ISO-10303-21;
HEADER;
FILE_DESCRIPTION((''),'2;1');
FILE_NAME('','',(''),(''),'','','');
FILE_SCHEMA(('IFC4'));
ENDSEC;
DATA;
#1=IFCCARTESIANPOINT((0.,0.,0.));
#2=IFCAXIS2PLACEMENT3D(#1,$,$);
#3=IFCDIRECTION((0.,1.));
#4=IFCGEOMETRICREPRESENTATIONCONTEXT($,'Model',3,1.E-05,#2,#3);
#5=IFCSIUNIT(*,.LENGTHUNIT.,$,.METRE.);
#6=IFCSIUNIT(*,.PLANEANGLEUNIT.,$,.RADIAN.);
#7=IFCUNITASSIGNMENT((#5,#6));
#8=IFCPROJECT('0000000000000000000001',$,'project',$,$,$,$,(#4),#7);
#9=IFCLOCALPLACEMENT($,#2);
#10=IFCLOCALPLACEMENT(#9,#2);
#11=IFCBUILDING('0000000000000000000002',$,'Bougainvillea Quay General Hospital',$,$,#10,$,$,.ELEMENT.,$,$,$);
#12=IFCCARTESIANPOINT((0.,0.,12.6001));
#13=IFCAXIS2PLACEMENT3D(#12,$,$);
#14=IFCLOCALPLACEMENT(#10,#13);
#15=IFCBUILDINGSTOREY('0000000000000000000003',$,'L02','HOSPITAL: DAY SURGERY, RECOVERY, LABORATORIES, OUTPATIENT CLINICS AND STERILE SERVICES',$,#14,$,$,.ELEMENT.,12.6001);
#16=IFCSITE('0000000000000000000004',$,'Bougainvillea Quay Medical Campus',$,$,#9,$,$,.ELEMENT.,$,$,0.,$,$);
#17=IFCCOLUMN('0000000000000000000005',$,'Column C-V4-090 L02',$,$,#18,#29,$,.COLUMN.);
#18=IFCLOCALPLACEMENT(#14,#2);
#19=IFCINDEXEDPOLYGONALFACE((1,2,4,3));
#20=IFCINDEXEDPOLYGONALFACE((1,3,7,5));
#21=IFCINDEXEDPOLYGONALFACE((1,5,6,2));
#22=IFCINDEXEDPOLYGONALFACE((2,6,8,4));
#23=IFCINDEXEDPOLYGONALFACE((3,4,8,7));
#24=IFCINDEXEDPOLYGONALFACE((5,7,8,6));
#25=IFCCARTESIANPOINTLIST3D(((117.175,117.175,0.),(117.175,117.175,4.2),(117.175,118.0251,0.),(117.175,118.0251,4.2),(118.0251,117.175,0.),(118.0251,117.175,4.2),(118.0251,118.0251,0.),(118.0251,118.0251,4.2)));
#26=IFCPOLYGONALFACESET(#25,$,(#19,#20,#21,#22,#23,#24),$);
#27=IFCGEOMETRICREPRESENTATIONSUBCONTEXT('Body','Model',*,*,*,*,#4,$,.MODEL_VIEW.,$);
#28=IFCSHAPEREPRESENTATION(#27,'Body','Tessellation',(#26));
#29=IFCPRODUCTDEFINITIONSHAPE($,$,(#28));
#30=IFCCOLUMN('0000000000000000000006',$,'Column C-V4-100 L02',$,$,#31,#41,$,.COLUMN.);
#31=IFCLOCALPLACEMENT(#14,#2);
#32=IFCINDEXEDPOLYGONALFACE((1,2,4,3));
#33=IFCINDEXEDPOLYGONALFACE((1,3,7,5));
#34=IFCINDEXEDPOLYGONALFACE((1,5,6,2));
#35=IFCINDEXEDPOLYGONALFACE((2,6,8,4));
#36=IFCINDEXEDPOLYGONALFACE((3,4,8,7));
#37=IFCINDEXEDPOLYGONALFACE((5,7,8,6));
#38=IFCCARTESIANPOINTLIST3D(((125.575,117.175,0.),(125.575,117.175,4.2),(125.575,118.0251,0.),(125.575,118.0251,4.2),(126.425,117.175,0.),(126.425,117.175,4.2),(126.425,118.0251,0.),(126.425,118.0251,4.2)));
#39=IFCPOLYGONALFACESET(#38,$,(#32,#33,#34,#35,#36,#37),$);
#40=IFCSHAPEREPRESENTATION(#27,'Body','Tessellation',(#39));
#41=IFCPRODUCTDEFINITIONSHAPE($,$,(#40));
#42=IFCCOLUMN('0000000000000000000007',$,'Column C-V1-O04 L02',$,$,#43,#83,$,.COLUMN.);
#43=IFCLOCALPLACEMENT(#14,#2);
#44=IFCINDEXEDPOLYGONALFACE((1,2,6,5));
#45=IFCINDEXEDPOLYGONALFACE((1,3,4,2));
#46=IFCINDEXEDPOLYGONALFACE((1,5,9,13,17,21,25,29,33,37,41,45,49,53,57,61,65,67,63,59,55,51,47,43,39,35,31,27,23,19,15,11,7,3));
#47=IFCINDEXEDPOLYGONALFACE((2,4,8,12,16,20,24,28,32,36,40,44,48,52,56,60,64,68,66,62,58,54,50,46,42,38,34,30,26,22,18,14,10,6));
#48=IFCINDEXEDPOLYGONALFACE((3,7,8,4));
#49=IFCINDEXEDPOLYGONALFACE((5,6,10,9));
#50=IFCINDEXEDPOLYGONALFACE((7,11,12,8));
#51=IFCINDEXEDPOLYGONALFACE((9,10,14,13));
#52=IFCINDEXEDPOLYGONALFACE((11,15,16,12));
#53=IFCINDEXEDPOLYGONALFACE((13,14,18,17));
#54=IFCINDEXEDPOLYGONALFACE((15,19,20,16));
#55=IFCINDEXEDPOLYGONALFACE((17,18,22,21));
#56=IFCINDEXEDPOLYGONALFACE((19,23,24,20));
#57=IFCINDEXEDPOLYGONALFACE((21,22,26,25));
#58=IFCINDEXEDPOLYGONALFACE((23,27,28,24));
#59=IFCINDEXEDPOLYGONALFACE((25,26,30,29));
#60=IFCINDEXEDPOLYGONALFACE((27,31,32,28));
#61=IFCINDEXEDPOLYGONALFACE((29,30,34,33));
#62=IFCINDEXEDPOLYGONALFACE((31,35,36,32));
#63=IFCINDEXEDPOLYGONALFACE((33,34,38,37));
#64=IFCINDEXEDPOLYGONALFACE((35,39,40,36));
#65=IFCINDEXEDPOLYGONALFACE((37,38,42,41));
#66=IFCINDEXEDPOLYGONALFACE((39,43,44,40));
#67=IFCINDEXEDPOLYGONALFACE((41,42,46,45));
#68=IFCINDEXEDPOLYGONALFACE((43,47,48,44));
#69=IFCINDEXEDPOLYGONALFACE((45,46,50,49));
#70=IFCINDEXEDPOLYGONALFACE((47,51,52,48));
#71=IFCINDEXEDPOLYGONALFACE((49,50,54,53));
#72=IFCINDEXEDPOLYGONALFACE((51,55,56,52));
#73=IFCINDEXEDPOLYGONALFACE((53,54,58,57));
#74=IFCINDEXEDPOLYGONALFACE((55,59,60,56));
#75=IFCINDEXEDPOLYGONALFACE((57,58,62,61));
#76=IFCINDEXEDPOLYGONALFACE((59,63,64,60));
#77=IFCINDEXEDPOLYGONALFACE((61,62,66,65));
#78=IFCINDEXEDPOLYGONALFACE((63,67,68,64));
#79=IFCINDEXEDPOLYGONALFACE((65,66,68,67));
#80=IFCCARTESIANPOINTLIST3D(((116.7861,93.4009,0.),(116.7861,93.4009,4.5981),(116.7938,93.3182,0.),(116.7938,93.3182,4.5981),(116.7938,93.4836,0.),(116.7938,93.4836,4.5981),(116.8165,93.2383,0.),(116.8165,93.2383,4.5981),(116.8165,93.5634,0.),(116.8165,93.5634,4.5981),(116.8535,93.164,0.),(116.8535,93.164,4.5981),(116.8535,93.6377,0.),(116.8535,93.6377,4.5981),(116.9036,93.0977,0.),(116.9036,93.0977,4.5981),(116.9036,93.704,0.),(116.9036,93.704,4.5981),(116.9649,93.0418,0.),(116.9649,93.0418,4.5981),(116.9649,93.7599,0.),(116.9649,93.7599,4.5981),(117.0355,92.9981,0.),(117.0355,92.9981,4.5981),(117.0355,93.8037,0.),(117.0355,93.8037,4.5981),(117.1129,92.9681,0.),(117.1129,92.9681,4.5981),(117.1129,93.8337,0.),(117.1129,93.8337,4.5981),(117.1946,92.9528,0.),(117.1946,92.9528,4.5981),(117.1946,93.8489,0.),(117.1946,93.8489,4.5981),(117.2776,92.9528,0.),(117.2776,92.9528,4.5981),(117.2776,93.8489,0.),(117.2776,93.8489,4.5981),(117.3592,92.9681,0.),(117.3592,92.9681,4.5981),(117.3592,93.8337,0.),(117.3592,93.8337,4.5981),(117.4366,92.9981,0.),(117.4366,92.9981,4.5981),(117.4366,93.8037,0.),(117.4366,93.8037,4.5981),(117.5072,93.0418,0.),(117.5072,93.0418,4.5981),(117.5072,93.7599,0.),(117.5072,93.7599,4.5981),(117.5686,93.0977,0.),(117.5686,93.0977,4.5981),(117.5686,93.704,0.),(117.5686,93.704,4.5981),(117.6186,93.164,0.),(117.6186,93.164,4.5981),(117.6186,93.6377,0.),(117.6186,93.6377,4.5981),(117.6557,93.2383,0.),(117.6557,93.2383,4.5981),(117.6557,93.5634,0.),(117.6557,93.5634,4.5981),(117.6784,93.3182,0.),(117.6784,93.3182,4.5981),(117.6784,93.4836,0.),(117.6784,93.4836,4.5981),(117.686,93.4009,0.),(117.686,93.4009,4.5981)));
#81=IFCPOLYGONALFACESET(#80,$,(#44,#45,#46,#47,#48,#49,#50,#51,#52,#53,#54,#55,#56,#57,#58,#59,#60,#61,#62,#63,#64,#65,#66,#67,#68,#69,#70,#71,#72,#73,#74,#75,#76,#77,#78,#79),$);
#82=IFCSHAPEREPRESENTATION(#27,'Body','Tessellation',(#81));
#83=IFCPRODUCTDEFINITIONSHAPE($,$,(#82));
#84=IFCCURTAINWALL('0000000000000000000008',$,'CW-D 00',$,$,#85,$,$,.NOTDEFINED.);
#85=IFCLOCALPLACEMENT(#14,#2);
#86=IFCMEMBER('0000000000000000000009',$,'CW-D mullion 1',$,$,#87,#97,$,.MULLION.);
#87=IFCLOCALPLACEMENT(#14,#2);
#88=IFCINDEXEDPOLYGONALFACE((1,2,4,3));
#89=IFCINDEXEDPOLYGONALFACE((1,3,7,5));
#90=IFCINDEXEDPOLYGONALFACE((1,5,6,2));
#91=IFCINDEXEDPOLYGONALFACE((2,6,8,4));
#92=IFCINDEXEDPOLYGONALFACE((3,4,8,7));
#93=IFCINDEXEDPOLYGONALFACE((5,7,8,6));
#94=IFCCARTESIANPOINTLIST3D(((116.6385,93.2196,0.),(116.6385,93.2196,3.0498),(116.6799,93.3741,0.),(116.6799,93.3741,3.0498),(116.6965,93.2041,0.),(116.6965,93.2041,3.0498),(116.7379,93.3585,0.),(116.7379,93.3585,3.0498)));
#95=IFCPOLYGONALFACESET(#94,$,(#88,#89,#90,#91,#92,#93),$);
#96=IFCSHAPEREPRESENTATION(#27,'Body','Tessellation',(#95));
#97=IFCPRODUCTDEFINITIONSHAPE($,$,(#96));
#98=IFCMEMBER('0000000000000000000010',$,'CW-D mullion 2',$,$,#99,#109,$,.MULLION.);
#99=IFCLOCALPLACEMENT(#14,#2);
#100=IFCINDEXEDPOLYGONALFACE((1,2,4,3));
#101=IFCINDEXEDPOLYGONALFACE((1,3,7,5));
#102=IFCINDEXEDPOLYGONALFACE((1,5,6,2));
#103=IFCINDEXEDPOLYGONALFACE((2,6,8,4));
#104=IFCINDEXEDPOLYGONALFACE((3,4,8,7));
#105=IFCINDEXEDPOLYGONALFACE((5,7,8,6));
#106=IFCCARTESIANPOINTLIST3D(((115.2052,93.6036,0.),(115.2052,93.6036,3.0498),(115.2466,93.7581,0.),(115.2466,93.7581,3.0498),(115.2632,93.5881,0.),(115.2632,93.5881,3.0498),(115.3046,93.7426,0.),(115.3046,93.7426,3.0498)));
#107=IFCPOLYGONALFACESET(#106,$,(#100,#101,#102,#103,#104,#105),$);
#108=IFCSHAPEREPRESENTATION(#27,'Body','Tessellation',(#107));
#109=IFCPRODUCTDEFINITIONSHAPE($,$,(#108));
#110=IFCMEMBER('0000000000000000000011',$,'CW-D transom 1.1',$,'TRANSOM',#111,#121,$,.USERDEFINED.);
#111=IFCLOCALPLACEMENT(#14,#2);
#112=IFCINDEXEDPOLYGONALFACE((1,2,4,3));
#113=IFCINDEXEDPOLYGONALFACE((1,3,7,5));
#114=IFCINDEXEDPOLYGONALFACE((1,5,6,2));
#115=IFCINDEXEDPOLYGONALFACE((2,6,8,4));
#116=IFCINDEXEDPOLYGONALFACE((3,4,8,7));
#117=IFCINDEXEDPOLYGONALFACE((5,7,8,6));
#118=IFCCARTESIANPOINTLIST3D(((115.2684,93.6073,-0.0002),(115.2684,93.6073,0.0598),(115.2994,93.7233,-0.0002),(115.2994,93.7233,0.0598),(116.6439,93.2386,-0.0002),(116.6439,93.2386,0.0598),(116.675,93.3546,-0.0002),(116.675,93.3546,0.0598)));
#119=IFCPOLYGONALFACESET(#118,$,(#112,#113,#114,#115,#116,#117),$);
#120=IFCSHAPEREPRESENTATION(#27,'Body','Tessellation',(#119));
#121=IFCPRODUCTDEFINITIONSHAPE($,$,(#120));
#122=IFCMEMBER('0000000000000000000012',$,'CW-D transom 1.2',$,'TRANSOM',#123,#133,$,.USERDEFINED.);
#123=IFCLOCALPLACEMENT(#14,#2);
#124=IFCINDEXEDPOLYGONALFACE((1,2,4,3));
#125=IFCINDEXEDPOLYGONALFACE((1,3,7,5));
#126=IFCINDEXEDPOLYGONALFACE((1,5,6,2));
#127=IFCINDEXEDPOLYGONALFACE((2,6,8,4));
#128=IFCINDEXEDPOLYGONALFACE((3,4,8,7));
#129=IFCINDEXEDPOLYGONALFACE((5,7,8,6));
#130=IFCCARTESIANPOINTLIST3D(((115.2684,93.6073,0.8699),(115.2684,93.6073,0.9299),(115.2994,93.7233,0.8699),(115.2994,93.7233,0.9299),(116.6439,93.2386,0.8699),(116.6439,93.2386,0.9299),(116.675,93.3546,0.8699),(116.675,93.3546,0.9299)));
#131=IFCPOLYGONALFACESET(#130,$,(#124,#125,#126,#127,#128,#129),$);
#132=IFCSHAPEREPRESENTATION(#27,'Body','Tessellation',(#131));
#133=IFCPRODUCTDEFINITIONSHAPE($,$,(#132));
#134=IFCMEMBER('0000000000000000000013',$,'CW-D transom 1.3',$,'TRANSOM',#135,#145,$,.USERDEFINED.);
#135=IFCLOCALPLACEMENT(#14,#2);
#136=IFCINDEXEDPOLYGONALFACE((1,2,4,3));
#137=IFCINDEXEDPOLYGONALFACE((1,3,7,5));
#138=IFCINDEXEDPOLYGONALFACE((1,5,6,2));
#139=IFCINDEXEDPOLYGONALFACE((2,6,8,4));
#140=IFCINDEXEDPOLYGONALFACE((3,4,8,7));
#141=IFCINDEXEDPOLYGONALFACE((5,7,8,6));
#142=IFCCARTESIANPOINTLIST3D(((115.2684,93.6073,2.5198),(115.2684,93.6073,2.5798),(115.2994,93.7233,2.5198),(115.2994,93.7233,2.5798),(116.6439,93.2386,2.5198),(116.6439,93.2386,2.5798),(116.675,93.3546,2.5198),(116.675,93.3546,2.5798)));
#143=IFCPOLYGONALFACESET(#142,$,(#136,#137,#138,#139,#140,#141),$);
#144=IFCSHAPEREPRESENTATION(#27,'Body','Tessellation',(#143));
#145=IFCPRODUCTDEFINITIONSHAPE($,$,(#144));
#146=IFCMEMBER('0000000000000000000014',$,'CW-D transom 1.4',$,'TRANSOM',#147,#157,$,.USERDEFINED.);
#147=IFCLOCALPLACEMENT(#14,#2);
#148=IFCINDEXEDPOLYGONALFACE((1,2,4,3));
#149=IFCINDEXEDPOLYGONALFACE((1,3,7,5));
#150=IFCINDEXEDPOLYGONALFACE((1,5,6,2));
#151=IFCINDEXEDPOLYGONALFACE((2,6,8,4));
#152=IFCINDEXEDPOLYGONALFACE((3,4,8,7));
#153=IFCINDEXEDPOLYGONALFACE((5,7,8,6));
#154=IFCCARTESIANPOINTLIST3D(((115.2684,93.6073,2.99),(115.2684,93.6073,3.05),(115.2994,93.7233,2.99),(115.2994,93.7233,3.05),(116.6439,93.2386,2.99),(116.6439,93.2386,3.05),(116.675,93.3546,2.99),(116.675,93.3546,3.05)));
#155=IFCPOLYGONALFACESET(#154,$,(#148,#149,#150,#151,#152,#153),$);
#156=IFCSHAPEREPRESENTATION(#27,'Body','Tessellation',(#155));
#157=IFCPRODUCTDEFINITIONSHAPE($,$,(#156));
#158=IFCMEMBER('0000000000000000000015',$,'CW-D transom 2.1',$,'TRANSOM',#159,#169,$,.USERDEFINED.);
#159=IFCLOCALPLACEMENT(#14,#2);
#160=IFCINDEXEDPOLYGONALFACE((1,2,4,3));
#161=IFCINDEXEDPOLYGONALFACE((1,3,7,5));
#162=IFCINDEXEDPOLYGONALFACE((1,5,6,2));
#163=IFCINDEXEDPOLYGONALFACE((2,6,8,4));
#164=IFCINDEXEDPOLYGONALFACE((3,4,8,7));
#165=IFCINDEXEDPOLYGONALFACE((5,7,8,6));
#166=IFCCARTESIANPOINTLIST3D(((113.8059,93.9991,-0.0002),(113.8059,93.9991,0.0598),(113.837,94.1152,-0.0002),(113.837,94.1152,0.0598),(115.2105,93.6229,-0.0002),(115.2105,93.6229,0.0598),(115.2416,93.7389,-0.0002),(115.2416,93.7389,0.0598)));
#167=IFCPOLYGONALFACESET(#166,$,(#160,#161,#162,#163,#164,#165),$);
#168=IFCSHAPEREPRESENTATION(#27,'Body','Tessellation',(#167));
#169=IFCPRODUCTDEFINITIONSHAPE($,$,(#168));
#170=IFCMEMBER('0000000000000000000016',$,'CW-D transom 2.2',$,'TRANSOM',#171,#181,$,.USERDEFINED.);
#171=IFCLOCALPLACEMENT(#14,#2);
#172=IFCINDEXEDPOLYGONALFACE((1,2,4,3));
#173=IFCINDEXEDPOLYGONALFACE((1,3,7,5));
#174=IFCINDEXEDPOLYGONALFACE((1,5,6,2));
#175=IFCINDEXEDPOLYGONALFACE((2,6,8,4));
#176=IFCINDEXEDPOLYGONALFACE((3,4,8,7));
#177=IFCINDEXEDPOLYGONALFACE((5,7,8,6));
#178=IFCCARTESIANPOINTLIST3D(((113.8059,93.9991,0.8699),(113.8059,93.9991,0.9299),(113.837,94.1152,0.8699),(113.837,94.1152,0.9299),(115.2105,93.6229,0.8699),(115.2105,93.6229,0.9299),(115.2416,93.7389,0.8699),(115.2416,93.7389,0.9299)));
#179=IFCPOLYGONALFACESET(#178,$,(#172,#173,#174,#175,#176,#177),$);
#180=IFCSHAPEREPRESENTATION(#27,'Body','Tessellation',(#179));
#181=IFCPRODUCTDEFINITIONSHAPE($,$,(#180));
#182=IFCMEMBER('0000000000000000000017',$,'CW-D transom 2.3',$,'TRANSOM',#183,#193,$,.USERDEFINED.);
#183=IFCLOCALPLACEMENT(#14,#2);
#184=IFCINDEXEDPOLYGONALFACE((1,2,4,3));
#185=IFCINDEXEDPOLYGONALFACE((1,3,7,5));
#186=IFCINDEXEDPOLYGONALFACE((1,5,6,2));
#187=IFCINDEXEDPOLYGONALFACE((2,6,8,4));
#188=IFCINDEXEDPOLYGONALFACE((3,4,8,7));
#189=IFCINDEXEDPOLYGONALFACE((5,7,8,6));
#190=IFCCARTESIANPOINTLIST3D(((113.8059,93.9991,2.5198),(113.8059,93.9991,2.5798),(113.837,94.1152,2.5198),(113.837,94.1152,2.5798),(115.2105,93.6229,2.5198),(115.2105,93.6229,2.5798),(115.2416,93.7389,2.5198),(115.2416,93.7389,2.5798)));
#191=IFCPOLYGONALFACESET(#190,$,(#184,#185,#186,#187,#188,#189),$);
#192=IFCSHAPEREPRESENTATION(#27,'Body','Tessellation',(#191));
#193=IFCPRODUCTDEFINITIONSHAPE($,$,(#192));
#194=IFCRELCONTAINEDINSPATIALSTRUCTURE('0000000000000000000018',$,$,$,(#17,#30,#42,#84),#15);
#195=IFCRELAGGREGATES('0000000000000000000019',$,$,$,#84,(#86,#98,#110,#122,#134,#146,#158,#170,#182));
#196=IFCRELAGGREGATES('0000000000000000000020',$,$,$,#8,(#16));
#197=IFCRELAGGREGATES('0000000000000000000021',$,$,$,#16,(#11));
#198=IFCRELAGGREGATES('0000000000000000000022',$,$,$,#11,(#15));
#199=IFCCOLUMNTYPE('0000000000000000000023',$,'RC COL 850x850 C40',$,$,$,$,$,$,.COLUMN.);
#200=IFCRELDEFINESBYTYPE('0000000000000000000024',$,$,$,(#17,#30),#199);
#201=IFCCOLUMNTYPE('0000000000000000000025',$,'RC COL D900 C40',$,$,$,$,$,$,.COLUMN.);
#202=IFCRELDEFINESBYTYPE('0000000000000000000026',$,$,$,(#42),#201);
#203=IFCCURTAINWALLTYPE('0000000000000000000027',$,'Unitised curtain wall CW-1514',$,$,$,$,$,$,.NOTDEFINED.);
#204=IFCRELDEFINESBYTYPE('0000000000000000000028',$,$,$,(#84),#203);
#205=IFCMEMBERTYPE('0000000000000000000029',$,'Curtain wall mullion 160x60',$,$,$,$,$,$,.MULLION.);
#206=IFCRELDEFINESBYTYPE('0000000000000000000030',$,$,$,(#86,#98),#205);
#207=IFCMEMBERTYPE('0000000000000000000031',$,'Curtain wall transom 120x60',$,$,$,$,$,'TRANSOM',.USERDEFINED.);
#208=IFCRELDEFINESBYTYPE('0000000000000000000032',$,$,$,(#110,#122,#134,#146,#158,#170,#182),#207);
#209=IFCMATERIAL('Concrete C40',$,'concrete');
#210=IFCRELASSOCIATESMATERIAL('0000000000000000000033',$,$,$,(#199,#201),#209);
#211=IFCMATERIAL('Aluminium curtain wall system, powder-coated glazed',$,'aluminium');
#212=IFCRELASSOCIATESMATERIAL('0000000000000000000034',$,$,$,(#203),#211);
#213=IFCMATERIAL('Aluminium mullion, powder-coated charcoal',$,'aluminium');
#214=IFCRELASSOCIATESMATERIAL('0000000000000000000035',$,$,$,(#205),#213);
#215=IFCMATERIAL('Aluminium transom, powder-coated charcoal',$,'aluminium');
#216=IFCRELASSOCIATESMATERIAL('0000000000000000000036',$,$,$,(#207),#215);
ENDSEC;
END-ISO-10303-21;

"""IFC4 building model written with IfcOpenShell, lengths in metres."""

from ifc_helpers import new_model, si_unit, direction, frame, origin, origin_2d, place, context, subcontext, project, spatial, rectangle, circle, extrude, material, material_profile, profile_set, type_object, element, aggregate, save


model = new_model("IFC4")

# Units and contexts
model_context = context("Model", 3, precision=1e-05, world=origin(), true_north=direction((0.0, 1.0)))
body_context = subcontext(model_context, "Body", "Model", "MODEL_VIEW")
ifc_project = project(units=[si_unit("LENGTHUNIT", "METRE"), si_unit("PLANEANGLEUNIT", "RADIAN")], contexts=[model_context])

# Site, building, storey
site_placement = place(None, origin())
site = spatial("IfcSite", under=ifc_project, at=site_placement, Name="Bougainvillea Quay Medical Campus", CompositionType="ELEMENT", RefElevation=0.0)
building_placement = place(site_placement, origin())
building = spatial("IfcBuilding", under=site, at=building_placement, Name="Bougainvillea Quay General Hospital", CompositionType="ELEMENT")
storey_placement = place(building_placement, frame((0.0, 0.0, 12.6001)))
storey = spatial("IfcBuildingStorey", under=building, at=storey_placement, Name="L02", Description="HOSPITAL: DAY SURGERY, RECOVERY, LABORATORIES, OUTPATIENT CLINICS AND STERILE SERVICES", CompositionType="ELEMENT", Elevation=12.6001)

# Columns
ifc_material_1 = material(Name="Concrete C40", Category="concrete")
ifc_material_profile_1 = material_profile(ifc_material_1, rectangle(XDim=0.8501, YDim=0.8501, at=origin_2d()))
ifc_profile_set_1 = profile_set([ifc_material_profile_1], Name="Concrete C40")
column_type_1 = type_object("IfcColumnType", Name="RC COL 850x850 C40", PredefinedType="COLUMN", material=ifc_profile_set_1)
for number, where, z_axis, x_axis, name in (
    (1, (117.6001, 117.6001, 0.0), (0.0, 0.0, 1.0), (1.0, 0.0, 0.0), "Column C-V4-090 L02"),
    (2, (126.0, 117.6001, 0.0), (0.0, 0.0, 1.0), (1.0, 0.0, 0.0), "Column C-V4-100 L02"),
):
    element("IfcColumn", number, at=place(storey_placement, frame(where, z_axis=z_axis, x_axis=x_axis)), inside=storey, type_object=column_type_1, Name=name, PredefinedType="COLUMN", context=body_context, shape_type="SweptSolid", body=[
        extrude(rectangle(XDim=0.8501, YDim=0.8501, at=origin_2d()), origin(), (0.0, 0.0, 1.0), 4.2),
    ])
ifc_material_profile_2 = material_profile(ifc_material_1, circle(Radius=0.45, at=origin_2d()))
ifc_profile_set_2 = profile_set([ifc_material_profile_2], Name="Concrete C40")
column_type_2 = type_object("IfcColumnType", Name="RC COL D900 C40", PredefinedType="COLUMN", material=ifc_profile_set_2)
column_placement = place(storey_placement, frame((117.2361, 93.4009, 0.0), z_axis=(0.0, 0.0, 1.0), x_axis=(1.0, 0.0, 0.0)))
element("IfcColumn", 3, at=column_placement, inside=storey, type_object=column_type_2, Name="Column C-V1-O04 L02", PredefinedType="COLUMN", context=body_context, shape_type="SweptSolid", body=[
    extrude(circle(Radius=0.45, at=origin_2d()), origin(), (0.0, 0.0, 1.0), 4.5981),
])

# Curtain wall, members
ifc_material_2 = material(Name="Aluminium curtain wall system, powder-coated glazed", Category="aluminium")
curtain_wall_type = type_object("IfcCurtainWallType", Name="Unitised curtain wall CW-1514", PredefinedType="NOTDEFINED", material=ifc_material_2)
curtain_wall_placement = place(storey_placement, origin())
curtain_wall = element("IfcCurtainWall", 4, at=curtain_wall_placement, inside=storey, type_object=curtain_wall_type, Name="CW-D 00", PredefinedType="NOTDEFINED")
ifc_material_3 = material(Name="Aluminium mullion, powder-coated charcoal", Category="aluminium")
ifc_material_profile_3 = material_profile(ifc_material_3, rectangle(XDim=0.1599, YDim=0.0601, at=origin_2d()))
ifc_profile_set_3 = profile_set([ifc_material_profile_3], Name="Aluminium mullion, powder-coated charcoal")
member_type_1 = type_object("IfcMemberType", Name="Curtain wall mullion 160x60", PredefinedType="MULLION", material=ifc_profile_set_3)
member_1_placement = place(storey_placement, frame((116.6882, 93.2891, 0.0), z_axis=(0.0, 0.0, 1.0), x_axis=(-0.258855, -0.965916, 0.0)))
member_1 = element("IfcMember", 5, at=member_1_placement, type_object=member_type_1, Name="CW-D mullion 1", PredefinedType="MULLION", context=body_context, shape_type="SweptSolid", body=[
    extrude(rectangle(XDim=0.1599, YDim=0.0601, at=origin_2d()), origin(), (0.0, 0.0, 1.0), 3.0498),
])
member_2_placement = place(storey_placement, frame((115.2549, 93.6731, 0.0), z_axis=(0.0, 0.0, 1.0), x_axis=(-0.258855, -0.965916, 0.0)))
member_2 = element("IfcMember", 6, at=member_2_placement, type_object=member_type_1, Name="CW-D mullion 2", PredefinedType="MULLION", context=body_context, shape_type="SweptSolid", body=[
    extrude(rectangle(XDim=0.1599, YDim=0.0601, at=origin_2d()), origin(), (0.0, 0.0, 1.0), 3.0498),
])
ifc_material_4 = material(Name="Aluminium transom, powder-coated charcoal", Category="aluminium")
ifc_material_profile_4 = material_profile(ifc_material_4, rectangle(XDim=0.1201, YDim=0.0601, at=origin_2d()))
ifc_profile_set_4 = profile_set([ifc_material_profile_4], Name="Aluminium transom, powder-coated charcoal")
member_type_2 = type_object("IfcMemberType", Name="Curtain wall transom 120x60", ElementType="TRANSOM", PredefinedType="USERDEFINED", material=ifc_profile_set_4)
member_3_placement = place(storey_placement, frame((116.6594, 93.2966, 0.0298), z_axis=(-0.96591, 0.258879, 0.0), x_axis=(-0.258879, -0.96591, 0.0)))
member_3 = element("IfcMember", 7, at=member_3_placement, type_object=member_type_2, Name="CW-D transom 1.1", ObjectType="TRANSOM", PredefinedType="USERDEFINED", context=body_context, shape_type="SweptSolid", body=[
    extrude(rectangle(XDim=0.1201, YDim=0.0601, at=origin_2d()), origin(), (0.0, 0.0, 1.0), 1.4241),
])
member_4_placement = place(storey_placement, frame((116.6594, 93.2966, 0.8999), z_axis=(-0.96591, 0.258879, 0.0), x_axis=(-0.258879, -0.96591, 0.0)))
member_4 = element("IfcMember", 8, at=member_4_placement, type_object=member_type_2, Name="CW-D transom 1.2", ObjectType="TRANSOM", PredefinedType="USERDEFINED", context=body_context, shape_type="SweptSolid", body=[
    extrude(rectangle(XDim=0.1201, YDim=0.0601, at=origin_2d()), origin(), (0.0, 0.0, 1.0), 1.4241),
])
member_5_placement = place(storey_placement, frame((116.6594, 93.2966, 2.5498), z_axis=(-0.96591, 0.258879, 0.0), x_axis=(-0.258879, -0.96591, 0.0)))
member_5 = element("IfcMember", 9, at=member_5_placement, type_object=member_type_2, Name="CW-D transom 1.3", ObjectType="TRANSOM", PredefinedType="USERDEFINED", context=body_context, shape_type="SweptSolid", body=[
    extrude(rectangle(XDim=0.1201, YDim=0.0601, at=origin_2d()), origin(), (0.0, 0.0, 1.0), 1.4241),
])
member_6_placement = place(storey_placement, frame((116.6594, 93.2966, 3.02), z_axis=(-0.96591, 0.258879, 0.0), x_axis=(-0.258879, -0.96591, 0.0)))
member_6 = element("IfcMember", 10, at=member_6_placement, type_object=member_type_2, Name="CW-D transom 1.4", ObjectType="TRANSOM", PredefinedType="USERDEFINED", context=body_context, shape_type="SweptSolid", body=[
    extrude(rectangle(XDim=0.1201, YDim=0.0601, at=origin_2d()), origin(), (0.0, 0.0, 1.0), 1.4241),
])
member_7_placement = place(storey_placement, frame((115.2261, 93.6809, 0.0298), z_axis=(-0.965947, 0.258739, 0.0), x_axis=(-0.258739, -0.965947, 0.0)))
member_7 = element("IfcMember", 11, at=member_7_placement, type_object=member_type_2, Name="CW-D transom 2.1", ObjectType="TRANSOM", PredefinedType="USERDEFINED", context=body_context, shape_type="SweptSolid", body=[
    extrude(rectangle(XDim=0.1201, YDim=0.0601, at=origin_2d()), origin(), (0.0, 0.0, 1.0), 1.4541),
])
member_8_placement = place(storey_placement, frame((115.2261, 93.6809, 0.8999), z_axis=(-0.965947, 0.258739, 0.0), x_axis=(-0.258739, -0.965947, 0.0)))
member_8 = element("IfcMember", 12, at=member_8_placement, type_object=member_type_2, Name="CW-D transom 2.2", ObjectType="TRANSOM", PredefinedType="USERDEFINED", context=body_context, shape_type="SweptSolid", body=[
    extrude(rectangle(XDim=0.1201, YDim=0.0601, at=origin_2d()), origin(), (0.0, 0.0, 1.0), 1.4541),
])
member_9_placement = place(storey_placement, frame((115.2261, 93.6809, 2.5498), z_axis=(-0.965947, 0.258739, 0.0), x_axis=(-0.258739, -0.965947, 0.0)))
member_9 = element("IfcMember", 13, at=member_9_placement, type_object=member_type_2, Name="CW-D transom 2.3", ObjectType="TRANSOM", PredefinedType="USERDEFINED", context=body_context, shape_type="SweptSolid", body=[
    extrude(rectangle(XDim=0.1201, YDim=0.0601, at=origin_2d()), origin(), (0.0, 0.0, 1.0), 1.4541),
])

aggregate(curtain_wall, [member_1, member_2, member_3, member_4, member_5, member_6, member_7, member_8, member_9])

save(model, "model.ifc")
